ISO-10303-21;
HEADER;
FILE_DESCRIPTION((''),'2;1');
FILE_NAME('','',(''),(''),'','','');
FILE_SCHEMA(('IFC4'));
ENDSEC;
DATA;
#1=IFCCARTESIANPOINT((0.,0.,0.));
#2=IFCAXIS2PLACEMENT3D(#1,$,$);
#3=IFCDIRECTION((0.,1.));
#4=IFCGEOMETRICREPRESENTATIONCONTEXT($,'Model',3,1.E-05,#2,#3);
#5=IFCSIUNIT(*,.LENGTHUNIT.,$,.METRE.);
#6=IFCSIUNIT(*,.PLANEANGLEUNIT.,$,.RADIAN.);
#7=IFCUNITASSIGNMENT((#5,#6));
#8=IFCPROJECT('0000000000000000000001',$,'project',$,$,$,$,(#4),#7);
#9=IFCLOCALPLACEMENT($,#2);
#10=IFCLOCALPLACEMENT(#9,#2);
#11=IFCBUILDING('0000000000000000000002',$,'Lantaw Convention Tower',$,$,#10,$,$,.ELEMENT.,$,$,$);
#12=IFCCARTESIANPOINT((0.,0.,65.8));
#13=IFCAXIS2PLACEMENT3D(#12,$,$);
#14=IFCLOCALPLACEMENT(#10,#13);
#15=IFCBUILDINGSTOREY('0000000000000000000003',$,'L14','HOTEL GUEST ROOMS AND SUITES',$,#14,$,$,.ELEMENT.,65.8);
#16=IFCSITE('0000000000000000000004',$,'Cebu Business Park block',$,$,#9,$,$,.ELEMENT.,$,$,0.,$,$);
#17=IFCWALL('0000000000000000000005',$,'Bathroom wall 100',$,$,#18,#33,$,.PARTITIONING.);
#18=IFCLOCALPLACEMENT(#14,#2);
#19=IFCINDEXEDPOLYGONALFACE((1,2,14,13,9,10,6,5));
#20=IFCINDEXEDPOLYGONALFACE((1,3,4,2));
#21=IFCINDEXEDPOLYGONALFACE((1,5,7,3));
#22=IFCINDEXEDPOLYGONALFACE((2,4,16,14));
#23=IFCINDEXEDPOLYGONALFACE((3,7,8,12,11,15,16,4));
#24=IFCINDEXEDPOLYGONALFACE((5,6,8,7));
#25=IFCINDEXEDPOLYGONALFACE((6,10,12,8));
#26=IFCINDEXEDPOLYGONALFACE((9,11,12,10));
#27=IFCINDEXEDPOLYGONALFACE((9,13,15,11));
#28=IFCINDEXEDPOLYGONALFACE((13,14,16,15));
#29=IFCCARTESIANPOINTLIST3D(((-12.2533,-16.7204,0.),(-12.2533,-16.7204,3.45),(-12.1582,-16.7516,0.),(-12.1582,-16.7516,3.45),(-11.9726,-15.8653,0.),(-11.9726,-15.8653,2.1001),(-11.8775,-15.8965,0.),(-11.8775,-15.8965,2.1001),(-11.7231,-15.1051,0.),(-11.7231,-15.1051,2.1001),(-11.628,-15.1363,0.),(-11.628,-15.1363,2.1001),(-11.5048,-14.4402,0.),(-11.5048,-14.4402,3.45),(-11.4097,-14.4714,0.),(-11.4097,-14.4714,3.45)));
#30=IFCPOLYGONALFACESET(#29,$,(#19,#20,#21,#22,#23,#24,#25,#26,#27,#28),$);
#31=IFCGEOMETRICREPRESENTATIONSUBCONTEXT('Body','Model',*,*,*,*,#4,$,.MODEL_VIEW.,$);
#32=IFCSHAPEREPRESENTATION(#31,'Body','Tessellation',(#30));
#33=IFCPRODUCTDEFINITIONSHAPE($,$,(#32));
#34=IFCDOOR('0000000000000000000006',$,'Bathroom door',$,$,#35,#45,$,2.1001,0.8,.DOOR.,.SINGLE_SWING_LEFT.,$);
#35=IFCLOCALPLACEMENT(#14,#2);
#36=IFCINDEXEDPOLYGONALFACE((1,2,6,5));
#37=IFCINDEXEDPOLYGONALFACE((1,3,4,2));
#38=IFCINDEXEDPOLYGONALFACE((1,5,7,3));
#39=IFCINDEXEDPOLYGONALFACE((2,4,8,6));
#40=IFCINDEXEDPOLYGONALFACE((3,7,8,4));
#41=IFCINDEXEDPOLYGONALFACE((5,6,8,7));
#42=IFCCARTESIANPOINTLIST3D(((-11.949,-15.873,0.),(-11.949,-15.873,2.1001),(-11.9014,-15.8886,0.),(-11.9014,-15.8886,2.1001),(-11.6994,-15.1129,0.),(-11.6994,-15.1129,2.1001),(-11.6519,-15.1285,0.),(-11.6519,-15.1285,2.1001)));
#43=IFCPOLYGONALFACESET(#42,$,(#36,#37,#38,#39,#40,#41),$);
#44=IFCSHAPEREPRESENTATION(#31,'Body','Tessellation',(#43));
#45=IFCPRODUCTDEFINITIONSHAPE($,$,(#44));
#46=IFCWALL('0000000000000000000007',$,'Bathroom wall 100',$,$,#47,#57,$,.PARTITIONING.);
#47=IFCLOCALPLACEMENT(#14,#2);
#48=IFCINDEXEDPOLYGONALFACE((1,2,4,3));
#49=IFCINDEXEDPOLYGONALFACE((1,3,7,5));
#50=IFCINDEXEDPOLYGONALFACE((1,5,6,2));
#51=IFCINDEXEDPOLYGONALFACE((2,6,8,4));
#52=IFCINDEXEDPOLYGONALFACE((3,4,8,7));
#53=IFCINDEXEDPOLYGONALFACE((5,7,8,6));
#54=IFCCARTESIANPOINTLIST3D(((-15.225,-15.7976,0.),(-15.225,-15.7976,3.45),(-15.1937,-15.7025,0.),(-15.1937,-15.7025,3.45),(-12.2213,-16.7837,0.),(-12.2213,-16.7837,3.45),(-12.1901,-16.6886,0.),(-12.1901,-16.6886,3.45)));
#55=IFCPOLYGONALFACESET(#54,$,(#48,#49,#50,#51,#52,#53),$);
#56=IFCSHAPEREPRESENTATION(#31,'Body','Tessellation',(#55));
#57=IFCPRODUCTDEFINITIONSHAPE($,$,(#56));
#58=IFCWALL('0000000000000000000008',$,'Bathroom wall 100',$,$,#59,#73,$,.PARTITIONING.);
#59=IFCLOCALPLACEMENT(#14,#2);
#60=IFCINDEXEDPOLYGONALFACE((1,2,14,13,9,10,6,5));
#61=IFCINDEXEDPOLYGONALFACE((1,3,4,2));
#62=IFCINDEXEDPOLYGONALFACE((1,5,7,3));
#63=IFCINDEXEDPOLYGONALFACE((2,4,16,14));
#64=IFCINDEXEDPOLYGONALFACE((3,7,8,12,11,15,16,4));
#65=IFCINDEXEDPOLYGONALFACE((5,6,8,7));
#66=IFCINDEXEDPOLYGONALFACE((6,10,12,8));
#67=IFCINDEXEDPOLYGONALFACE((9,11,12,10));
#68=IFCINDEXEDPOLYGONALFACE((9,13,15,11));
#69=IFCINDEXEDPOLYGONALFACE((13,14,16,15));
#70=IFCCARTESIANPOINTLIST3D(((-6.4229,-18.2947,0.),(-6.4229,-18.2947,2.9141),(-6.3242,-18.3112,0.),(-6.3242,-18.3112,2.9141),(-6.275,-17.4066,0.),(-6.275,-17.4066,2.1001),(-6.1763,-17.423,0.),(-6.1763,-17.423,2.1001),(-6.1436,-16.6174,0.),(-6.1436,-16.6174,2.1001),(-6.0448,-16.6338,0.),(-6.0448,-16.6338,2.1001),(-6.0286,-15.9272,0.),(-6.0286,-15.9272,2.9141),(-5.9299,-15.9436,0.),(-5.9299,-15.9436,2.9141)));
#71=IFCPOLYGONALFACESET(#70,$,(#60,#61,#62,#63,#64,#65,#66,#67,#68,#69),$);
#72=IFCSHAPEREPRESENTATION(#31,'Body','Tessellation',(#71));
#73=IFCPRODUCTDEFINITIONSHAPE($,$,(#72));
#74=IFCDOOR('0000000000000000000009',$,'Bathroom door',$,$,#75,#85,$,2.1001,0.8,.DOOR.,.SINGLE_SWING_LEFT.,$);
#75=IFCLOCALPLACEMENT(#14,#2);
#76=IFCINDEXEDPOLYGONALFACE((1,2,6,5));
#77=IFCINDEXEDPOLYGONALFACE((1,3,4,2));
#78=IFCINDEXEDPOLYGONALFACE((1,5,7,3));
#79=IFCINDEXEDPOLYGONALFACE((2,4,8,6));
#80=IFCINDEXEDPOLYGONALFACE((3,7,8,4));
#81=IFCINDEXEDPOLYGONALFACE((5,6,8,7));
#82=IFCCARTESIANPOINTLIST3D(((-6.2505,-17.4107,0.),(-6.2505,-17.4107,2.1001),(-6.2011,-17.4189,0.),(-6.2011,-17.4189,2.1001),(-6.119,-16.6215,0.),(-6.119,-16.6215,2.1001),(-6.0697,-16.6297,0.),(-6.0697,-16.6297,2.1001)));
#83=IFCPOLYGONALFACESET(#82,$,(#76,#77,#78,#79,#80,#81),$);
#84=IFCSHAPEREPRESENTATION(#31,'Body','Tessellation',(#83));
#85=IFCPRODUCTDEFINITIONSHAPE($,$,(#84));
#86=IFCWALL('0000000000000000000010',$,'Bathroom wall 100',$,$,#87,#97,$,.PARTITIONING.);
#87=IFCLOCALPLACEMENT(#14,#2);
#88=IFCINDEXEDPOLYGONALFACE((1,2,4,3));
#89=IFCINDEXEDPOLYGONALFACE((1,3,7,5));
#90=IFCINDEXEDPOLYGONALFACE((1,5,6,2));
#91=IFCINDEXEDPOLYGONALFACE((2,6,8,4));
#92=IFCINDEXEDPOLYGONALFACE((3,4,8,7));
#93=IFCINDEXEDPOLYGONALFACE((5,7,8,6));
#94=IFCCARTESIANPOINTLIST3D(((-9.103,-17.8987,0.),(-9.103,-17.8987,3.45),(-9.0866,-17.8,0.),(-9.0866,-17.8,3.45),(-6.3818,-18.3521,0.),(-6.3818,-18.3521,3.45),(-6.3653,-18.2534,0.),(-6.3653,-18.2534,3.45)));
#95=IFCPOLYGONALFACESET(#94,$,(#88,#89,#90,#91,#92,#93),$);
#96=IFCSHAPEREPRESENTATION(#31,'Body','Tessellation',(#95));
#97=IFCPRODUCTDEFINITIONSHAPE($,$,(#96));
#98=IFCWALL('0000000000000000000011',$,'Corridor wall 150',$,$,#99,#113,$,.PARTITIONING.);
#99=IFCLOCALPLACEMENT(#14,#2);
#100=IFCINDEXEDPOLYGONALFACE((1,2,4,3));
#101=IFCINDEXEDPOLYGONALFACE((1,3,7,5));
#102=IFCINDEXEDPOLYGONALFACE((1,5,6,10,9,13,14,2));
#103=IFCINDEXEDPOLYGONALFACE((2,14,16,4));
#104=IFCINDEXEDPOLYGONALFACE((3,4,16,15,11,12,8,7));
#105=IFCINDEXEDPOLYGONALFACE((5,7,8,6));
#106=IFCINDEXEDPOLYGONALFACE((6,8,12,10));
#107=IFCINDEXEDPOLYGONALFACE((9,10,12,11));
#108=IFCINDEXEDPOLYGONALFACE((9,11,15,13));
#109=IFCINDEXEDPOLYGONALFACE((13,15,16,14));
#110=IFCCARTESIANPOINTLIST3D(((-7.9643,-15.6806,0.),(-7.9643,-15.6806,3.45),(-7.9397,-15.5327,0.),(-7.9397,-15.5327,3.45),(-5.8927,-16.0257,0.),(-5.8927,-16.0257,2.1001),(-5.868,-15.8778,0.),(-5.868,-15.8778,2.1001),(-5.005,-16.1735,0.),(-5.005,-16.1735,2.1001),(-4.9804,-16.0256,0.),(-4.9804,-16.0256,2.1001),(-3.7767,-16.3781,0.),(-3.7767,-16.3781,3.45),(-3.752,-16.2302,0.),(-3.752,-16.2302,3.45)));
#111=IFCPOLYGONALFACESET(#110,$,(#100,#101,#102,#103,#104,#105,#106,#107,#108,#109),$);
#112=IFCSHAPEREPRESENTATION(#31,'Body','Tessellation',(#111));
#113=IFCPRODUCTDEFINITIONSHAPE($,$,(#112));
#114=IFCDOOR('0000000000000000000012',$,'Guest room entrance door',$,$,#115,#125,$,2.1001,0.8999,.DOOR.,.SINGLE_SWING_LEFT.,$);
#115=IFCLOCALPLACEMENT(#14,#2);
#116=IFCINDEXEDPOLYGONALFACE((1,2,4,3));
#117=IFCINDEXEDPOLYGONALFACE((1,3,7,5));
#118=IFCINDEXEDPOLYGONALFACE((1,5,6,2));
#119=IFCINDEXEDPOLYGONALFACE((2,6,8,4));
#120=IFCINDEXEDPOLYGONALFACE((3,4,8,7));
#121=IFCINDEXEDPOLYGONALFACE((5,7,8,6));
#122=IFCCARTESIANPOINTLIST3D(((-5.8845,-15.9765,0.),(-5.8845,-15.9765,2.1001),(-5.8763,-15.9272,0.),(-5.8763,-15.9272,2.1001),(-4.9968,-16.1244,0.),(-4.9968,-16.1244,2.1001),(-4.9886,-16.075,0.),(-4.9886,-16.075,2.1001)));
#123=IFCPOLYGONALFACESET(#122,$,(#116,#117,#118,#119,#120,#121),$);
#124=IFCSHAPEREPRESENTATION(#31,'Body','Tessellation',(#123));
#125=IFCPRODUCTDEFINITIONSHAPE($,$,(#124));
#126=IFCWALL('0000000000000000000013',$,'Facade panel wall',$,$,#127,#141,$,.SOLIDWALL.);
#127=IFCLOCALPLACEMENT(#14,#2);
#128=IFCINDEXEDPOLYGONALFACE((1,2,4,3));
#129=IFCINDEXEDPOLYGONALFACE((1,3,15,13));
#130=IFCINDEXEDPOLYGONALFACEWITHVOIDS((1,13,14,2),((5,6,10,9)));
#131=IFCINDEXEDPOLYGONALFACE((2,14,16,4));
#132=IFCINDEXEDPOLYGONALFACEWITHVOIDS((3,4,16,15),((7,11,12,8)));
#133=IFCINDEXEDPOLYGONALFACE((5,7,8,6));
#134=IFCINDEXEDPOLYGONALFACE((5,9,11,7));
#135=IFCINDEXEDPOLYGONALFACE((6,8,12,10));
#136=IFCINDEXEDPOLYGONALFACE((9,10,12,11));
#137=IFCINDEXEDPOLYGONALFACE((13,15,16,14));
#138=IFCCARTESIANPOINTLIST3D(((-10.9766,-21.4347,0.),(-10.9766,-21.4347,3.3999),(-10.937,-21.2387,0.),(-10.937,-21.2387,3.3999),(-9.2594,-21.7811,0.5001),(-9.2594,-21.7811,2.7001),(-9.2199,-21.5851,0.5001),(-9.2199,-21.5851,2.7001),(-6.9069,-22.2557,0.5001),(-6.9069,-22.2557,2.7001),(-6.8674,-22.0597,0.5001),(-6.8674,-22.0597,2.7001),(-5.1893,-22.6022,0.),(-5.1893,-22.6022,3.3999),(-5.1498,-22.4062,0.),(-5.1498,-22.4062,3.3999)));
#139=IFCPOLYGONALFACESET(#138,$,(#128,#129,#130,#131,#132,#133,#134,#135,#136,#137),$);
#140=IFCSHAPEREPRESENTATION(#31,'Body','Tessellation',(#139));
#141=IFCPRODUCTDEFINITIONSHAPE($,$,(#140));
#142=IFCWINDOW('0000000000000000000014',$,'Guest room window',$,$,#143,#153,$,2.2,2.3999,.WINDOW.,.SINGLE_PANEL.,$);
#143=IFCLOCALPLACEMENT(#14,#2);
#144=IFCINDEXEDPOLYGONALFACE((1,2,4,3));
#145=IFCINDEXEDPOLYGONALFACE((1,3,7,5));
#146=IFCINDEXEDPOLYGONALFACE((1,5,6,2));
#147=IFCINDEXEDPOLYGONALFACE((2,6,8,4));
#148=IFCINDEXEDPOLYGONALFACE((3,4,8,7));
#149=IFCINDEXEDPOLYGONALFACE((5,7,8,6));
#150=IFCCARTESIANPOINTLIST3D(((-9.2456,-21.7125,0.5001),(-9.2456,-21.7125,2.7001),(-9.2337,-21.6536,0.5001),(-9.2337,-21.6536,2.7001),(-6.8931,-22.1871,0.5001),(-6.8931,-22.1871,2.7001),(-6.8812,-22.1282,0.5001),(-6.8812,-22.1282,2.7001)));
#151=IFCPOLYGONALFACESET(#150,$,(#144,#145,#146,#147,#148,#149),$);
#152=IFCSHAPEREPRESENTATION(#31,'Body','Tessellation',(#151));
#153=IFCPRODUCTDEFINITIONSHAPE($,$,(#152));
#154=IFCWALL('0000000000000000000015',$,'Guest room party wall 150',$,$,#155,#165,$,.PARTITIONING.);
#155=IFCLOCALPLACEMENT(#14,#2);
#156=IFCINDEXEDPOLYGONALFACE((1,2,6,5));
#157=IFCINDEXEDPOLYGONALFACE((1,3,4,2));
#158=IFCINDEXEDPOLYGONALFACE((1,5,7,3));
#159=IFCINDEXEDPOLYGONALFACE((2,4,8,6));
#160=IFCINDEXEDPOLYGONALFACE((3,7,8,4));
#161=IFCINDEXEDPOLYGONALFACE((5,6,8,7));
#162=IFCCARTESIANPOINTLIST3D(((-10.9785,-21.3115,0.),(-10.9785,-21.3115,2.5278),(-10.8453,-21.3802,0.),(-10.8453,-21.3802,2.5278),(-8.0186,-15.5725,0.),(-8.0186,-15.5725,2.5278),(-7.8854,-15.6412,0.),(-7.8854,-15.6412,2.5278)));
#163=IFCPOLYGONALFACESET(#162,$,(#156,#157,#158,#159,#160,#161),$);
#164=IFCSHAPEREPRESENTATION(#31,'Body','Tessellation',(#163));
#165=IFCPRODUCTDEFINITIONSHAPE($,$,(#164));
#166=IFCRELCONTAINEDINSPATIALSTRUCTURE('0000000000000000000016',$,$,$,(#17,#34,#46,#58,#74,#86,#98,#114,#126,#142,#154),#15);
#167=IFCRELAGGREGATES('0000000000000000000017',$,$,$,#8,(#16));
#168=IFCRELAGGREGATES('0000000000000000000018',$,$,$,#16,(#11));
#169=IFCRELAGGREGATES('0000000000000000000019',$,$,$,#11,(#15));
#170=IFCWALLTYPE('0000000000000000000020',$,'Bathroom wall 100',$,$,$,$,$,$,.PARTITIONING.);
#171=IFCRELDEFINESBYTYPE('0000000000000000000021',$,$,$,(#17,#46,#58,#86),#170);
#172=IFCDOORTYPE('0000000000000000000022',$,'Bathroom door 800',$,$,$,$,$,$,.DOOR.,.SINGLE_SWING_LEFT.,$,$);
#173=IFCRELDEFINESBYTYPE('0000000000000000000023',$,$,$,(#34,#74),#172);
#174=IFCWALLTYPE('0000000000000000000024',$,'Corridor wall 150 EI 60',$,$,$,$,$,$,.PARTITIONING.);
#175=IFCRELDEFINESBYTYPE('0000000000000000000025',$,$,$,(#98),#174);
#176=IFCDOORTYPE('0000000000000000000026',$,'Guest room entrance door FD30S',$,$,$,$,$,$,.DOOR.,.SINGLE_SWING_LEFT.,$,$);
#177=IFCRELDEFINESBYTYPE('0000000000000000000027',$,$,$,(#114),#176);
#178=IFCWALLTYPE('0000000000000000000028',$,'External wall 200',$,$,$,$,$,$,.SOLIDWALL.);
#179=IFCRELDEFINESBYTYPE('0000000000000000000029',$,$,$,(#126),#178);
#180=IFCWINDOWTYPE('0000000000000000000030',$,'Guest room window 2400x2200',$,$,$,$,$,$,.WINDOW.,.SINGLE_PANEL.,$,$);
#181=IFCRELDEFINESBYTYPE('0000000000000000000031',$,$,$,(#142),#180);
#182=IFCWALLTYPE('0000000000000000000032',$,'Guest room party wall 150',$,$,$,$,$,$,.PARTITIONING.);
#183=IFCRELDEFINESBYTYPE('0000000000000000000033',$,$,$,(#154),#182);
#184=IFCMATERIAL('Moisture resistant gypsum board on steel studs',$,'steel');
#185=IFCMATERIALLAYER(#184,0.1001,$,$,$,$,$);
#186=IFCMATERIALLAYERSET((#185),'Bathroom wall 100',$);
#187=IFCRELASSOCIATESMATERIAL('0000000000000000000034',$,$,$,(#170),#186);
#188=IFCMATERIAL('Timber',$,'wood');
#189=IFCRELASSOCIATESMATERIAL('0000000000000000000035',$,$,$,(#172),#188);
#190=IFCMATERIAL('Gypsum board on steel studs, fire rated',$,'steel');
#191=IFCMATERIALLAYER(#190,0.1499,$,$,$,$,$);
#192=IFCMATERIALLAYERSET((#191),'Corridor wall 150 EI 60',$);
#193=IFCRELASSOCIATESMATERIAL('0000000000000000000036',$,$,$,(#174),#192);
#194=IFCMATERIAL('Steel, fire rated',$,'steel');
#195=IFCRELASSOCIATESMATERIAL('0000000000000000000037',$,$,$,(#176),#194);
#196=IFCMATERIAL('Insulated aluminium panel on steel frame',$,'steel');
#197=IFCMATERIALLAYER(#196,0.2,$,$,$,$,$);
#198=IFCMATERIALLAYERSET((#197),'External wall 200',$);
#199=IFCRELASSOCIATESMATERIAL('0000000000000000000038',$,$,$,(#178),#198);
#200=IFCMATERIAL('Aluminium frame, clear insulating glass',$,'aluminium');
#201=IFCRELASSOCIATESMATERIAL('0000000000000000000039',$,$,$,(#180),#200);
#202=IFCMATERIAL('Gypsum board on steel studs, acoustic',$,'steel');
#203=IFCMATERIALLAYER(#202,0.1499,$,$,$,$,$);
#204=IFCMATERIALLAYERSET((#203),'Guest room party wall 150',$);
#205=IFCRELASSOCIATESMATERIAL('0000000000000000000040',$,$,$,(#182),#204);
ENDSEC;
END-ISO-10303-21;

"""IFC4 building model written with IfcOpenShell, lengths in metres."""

from ifc_helpers import new_model, si_unit, direction, frame, frame_2d, origin, place, context, subcontext, project, spatial, rectangle, extrude, material, layer, layer_set, type_object, element, fill, save


model = new_model("IFC4")

# Units and contexts
model_context = context("Model", 3, precision=1e-05, world=origin(), true_north=direction((0.0, 1.0)))
body_context = subcontext(model_context, "Body", "Model", "MODEL_VIEW")
ifc_project = project(units=[si_unit("LENGTHUNIT", "METRE"), si_unit("PLANEANGLEUNIT", "RADIAN")], contexts=[model_context])

# Site, building, storey
site_placement = place(None, origin())
site = spatial("IfcSite", under=ifc_project, at=site_placement, Name="Cebu Business Park block", CompositionType="ELEMENT", RefElevation=0.0)
building_placement = place(site_placement, origin())
building = spatial("IfcBuilding", under=site, at=building_placement, Name="Lantaw Convention Tower", CompositionType="ELEMENT")
storey_placement = place(building_placement, frame((0.0, 0.0, 65.8)))
storey = spatial("IfcBuildingStorey", under=building, at=storey_placement, Name="L14", Description="HOTEL GUEST ROOMS AND SUITES", CompositionType="ELEMENT", Elevation=65.8)

# Wall, opening, door
ifc_material_1 = material(Name="Moisture resistant gypsum board on steel studs", Category="steel")
ifc_layer_1 = layer(ifc_material_1, 0.1001)
ifc_layer_set_1 = layer_set([ifc_layer_1], Name="Bathroom wall 100")
wall_type_1 = type_object("IfcWallType", Name="Bathroom wall 100", PredefinedType="PARTITIONING", material=ifc_layer_set_1)
wall_1_placement = place(storey_placement, frame((-11.4573, -14.4558, 0.0), z_axis=(0.0, 0.0, 1.0), x_axis=(-0.311891, -0.950118, 0.0)))
wall_1 = element("IfcWall", 1, at=wall_1_placement, inside=storey, type_object=wall_type_1, Name="Bathroom wall 100", PredefinedType="PARTITIONING", context=body_context, shape_type="SweptSolid", body=[
    extrude(rectangle(XDim=2.3999, YDim=0.1001, at=frame_2d((1.2, 0.0))), origin(), (0.0, 0.0, 1.0), 3.45),
])
opening_1_placement = place(wall_1_placement, frame((0.7, 0.0, 0.0)))
opening_1 = element("IfcOpeningElement", 2, at=opening_1_placement, cuts=wall_1, PredefinedType="OPENING", context=body_context, shape_type="SweptSolid", body=[
    extrude(rectangle(XDim=0.8, YDim=2.1001, at=frame_2d((0.3999, 1.05))), frame((0.0, 0.0601, 0.0), z_axis=(0.0, -1.0, 0.0), x_axis=(1.0, 0.0, 0.0)), (0.0, 0.0, 1.0), 0.1201),
])
ifc_material_2 = material(Name="Timber", Category="wood")
door_type_1 = type_object("IfcDoorType", Name="Bathroom door 800", OperationType="SINGLE_SWING_LEFT", PredefinedType="DOOR", material=ifc_material_2)
door_1_placement = place(opening_1_placement, origin())
door_1 = element("IfcDoor", 3, at=door_1_placement, inside=storey, type_object=door_type_1, Name="Bathroom door", OperationType="SINGLE_SWING_LEFT", OverallHeight=2.1001, OverallWidth=0.8, PredefinedType="DOOR", context=body_context, shape_type="SweptSolid", body=[
    extrude(rectangle(XDim=0.8, YDim=2.1001, at=frame_2d((0.3999, 1.05))), frame((0.0, 0.0249, 0.0), z_axis=(0.0, -1.0, 0.0), x_axis=(1.0, 0.0, 0.0)), (0.0, 0.0, 1.0), 0.05),
])
fill(opening_1, door_1)

# Wall
wall_2_placement = place(storey_placement, frame((-12.2058, -16.7361, 0.0), z_axis=(0.0, 0.0, 1.0), x_axis=(-0.95011, 0.311915, 0.0)))
element("IfcWall", 4, at=wall_2_placement, inside=storey, type_object=wall_type_1, Name="Bathroom wall 100", PredefinedType="PARTITIONING", context=body_context, shape_type="SweptSolid", body=[
    extrude(rectangle(XDim=3.1614, YDim=0.1001, at=frame_2d((1.5806, 0.0))), origin(), (0.0, 0.0, 1.0), 3.45),
])

# Wall, opening, door
wall_3_placement = place(storey_placement, frame((-5.9792, -15.9353, 0.0), z_axis=(0.0, 0.0, 1.0), x_axis=(-0.164284, -0.986413, 0.0)))
wall_3 = element("IfcWall", 5, at=wall_3_placement, inside=storey, type_object=wall_type_1, Name="Bathroom wall 100", PredefinedType="PARTITIONING", context=body_context, shape_type="SweptSolid", body=[
    extrude(rectangle(XDim=2.4001, YDim=0.1001, at=frame_2d((1.2002, 0.0))), origin(), (0.0, 0.0, 1.0), 2.9141),
])
opening_2_placement = place(wall_3_placement, frame((0.7, 0.0, 0.0)))
opening_2 = element("IfcOpeningElement", 6, at=opening_2_placement, cuts=wall_3, PredefinedType="OPENING", context=body_context, shape_type="SweptSolid", body=[
    extrude(rectangle(XDim=0.8, YDim=2.1001, at=frame_2d((0.3999, 1.05))), frame((0.0, 0.0601, 0.0), z_axis=(0.0, -1.0, 0.0), x_axis=(1.0, 0.0, 0.0)), (0.0, 0.0, 1.0), 0.1201),
])
door_2_placement = place(opening_2_placement, origin())
door_2 = element("IfcDoor", 7, at=door_2_placement, inside=storey, type_object=door_type_1, Name="Bathroom door", OperationType="SINGLE_SWING_LEFT", OverallHeight=2.1001, OverallWidth=0.8, PredefinedType="DOOR", context=body_context, shape_type="SweptSolid", body=[
    extrude(rectangle(XDim=0.8, YDim=2.1001, at=frame_2d((0.3999, 1.05))), frame((0.0, 0.0249, 0.0), z_axis=(0.0, -1.0, 0.0), x_axis=(1.0, 0.0, 0.0)), (0.0, 0.0, 1.0), 0.05),
])
fill(opening_2, door_2)

# Wall
wall_4_placement = place(storey_placement, frame((-6.3735, -18.3027, 0.0), z_axis=(0.0, 0.0, 1.0), x_axis=(-0.986403, 0.164342, 0.0)))
element("IfcWall", 8, at=wall_4_placement, inside=storey, type_object=wall_type_1, Name="Bathroom wall 100", PredefinedType="PARTITIONING", context=body_context, shape_type="SweptSolid", body=[
    extrude(rectangle(XDim=2.7588, YDim=0.1001, at=frame_2d((1.3794, 0.0))), origin(), (0.0, 0.0, 1.0), 3.45),
])

# Wall, opening, door
ifc_material_3 = material(Name="Gypsum board on steel studs, fire rated", Category="steel")
ifc_layer_2 = layer(ifc_material_3, 0.1499)
ifc_layer_set_2 = layer_set([ifc_layer_2], Name="Corridor wall 150 EI 60")
wall_type_2 = type_object("IfcWallType", Name="Corridor wall 150 EI 60", PredefinedType="PARTITIONING", material=ifc_layer_set_2)
wall_5_placement = place(storey_placement, frame((-7.9519, -15.6067, 0.0), z_axis=(0.0, 0.0, 1.0), x_axis=(0.986411, -0.164296, 0.0)))
wall_5 = element("IfcWall", 9, at=wall_5_placement, inside=storey, type_object=wall_type_2, Name="Corridor wall 150", PredefinedType="PARTITIONING", context=body_context, shape_type="SweptSolid", body=[
    extrude(rectangle(XDim=4.2454, YDim=0.1499, at=frame_2d((2.1226, 0.0))), origin(), (0.0, 0.0, 1.0), 3.45),
])
opening_3_placement = place(wall_5_placement, frame((2.1001, 0.0, 0.0)))
opening_3 = element("IfcOpeningElement", 10, at=opening_3_placement, cuts=wall_5, PredefinedType="OPENING", context=body_context, shape_type="SweptSolid", body=[
    extrude(rectangle(XDim=0.8999, YDim=2.1001, at=frame_2d((0.45, 1.05))), frame((0.0, 0.085, 0.0), z_axis=(0.0, -1.0, 0.0), x_axis=(1.0, 0.0, 0.0)), (0.0, 0.0, 1.0), 0.1699),
])
ifc_material_4 = material(Name="Steel, fire rated", Category="steel")
door_type_2 = type_object("IfcDoorType", Name="Guest room entrance door FD30S", OperationType="SINGLE_SWING_LEFT", PredefinedType="DOOR", material=ifc_material_4)
door_3_placement = place(opening_3_placement, origin())
door_3 = element("IfcDoor", 11, at=door_3_placement, inside=storey, type_object=door_type_2, Name="Guest room entrance door", OperationType="SINGLE_SWING_LEFT", OverallHeight=2.1001, OverallWidth=0.8999, PredefinedType="DOOR", context=body_context, shape_type="SweptSolid", body=[
    extrude(rectangle(XDim=0.8999, YDim=2.1001, at=frame_2d((0.45, 1.05))), frame((0.0, 0.0249, 0.0), z_axis=(0.0, -1.0, 0.0), x_axis=(1.0, 0.0, 0.0)), (0.0, 0.0, 1.0), 0.05),
])
fill(opening_3, door_3)

# Wall, opening, window
ifc_material_5 = material(Name="Insulated aluminium panel on steel frame", Category="steel")
ifc_layer_3 = layer(ifc_material_5, 0.2)
ifc_layer_set_3 = layer_set([ifc_layer_3], Name="External wall 200")
wall_type_3 = type_object("IfcWallType", Name="External wall 200", PredefinedType="SOLIDWALL", material=ifc_layer_set_3)
wall_6_placement = place(storey_placement, frame((-10.9568, -21.3367, 0.0), z_axis=(0.0, 0.0, 1.0), x_axis=(0.980252, -0.197754, 0.0)))
wall_6 = element("IfcWall", 12, at=wall_6_placement, inside=storey, type_object=wall_type_3, Name="Facade panel wall", PredefinedType="SOLIDWALL", context=body_context, shape_type="SweptSolid", body=[
    extrude(rectangle(XDim=5.9038, YDim=0.2, at=frame_2d((2.9519, 0.0))), origin(), (0.0, 0.0, 1.0), 3.3999),
])
opening_4_placement = place(wall_6_placement, frame((1.7517, 0.0, 0.5)))
opening_4 = element("IfcOpeningElement", 13, at=opening_4_placement, cuts=wall_6, PredefinedType="OPENING", context=body_context, shape_type="SweptSolid", body=[
    extrude(rectangle(XDim=2.3999, YDim=2.2, at=frame_2d((1.2, 1.1001))), frame((0.0, 0.1099, 0.0), z_axis=(0.0, -1.0, 0.0), x_axis=(1.0, 0.0, 0.0)), (0.0, 0.0, 1.0), 0.22),
])
ifc_material_6 = material(Name="Aluminium frame, clear insulating glass", Category="aluminium")
window_type = type_object("IfcWindowType", Name="Guest room window 2400x2200", PartitioningType="SINGLE_PANEL", PredefinedType="WINDOW", material=ifc_material_6)
window_placement = place(opening_4_placement, origin())
window = element("IfcWindow", 14, at=window_placement, inside=storey, type_object=window_type, Name="Guest room window", OverallHeight=2.2, OverallWidth=2.3999, PartitioningType="SINGLE_PANEL", PredefinedType="WINDOW", context=body_context, shape_type="SweptSolid", body=[
    extrude(rectangle(XDim=2.3999, YDim=2.2, at=frame_2d((1.2, 1.1001))), frame((0.0, 0.03, 0.0), z_axis=(0.0, -1.0, 0.0), x_axis=(1.0, 0.0, 0.0)), (0.0, 0.0, 1.0), 0.0601),
])
fill(opening_4, window)

# Wall
ifc_material_7 = material(Name="Gypsum board on steel studs, acoustic", Category="steel")
ifc_layer_4 = layer(ifc_material_7, 0.1499)
ifc_layer_set_4 = layer_set([ifc_layer_4], Name="Guest room party wall 150")
wall_type_4 = type_object("IfcWallType", Name="Guest room party wall 150", PredefinedType="PARTITIONING", material=ifc_layer_set_4)
wall_7_placement = place(storey_placement, frame((-10.9119, -21.3457, 0.0), z_axis=(0.0, 0.0, 1.0), x_axis=(0.458385, 0.888754, 0.0)))
element("IfcWall", 15, at=wall_7_placement, inside=storey, type_object=wall_type_4, Name="Guest room party wall 150", PredefinedType="PARTITIONING", context=body_context, shape_type="SweptSolid", body=[
    extrude(rectangle(XDim=6.4573, YDim=0.1499, at=frame_2d((3.2285, 0.0))), origin(), (0.0, 0.0, 1.0), 2.5278),
])

save(model, "model.ifc")
